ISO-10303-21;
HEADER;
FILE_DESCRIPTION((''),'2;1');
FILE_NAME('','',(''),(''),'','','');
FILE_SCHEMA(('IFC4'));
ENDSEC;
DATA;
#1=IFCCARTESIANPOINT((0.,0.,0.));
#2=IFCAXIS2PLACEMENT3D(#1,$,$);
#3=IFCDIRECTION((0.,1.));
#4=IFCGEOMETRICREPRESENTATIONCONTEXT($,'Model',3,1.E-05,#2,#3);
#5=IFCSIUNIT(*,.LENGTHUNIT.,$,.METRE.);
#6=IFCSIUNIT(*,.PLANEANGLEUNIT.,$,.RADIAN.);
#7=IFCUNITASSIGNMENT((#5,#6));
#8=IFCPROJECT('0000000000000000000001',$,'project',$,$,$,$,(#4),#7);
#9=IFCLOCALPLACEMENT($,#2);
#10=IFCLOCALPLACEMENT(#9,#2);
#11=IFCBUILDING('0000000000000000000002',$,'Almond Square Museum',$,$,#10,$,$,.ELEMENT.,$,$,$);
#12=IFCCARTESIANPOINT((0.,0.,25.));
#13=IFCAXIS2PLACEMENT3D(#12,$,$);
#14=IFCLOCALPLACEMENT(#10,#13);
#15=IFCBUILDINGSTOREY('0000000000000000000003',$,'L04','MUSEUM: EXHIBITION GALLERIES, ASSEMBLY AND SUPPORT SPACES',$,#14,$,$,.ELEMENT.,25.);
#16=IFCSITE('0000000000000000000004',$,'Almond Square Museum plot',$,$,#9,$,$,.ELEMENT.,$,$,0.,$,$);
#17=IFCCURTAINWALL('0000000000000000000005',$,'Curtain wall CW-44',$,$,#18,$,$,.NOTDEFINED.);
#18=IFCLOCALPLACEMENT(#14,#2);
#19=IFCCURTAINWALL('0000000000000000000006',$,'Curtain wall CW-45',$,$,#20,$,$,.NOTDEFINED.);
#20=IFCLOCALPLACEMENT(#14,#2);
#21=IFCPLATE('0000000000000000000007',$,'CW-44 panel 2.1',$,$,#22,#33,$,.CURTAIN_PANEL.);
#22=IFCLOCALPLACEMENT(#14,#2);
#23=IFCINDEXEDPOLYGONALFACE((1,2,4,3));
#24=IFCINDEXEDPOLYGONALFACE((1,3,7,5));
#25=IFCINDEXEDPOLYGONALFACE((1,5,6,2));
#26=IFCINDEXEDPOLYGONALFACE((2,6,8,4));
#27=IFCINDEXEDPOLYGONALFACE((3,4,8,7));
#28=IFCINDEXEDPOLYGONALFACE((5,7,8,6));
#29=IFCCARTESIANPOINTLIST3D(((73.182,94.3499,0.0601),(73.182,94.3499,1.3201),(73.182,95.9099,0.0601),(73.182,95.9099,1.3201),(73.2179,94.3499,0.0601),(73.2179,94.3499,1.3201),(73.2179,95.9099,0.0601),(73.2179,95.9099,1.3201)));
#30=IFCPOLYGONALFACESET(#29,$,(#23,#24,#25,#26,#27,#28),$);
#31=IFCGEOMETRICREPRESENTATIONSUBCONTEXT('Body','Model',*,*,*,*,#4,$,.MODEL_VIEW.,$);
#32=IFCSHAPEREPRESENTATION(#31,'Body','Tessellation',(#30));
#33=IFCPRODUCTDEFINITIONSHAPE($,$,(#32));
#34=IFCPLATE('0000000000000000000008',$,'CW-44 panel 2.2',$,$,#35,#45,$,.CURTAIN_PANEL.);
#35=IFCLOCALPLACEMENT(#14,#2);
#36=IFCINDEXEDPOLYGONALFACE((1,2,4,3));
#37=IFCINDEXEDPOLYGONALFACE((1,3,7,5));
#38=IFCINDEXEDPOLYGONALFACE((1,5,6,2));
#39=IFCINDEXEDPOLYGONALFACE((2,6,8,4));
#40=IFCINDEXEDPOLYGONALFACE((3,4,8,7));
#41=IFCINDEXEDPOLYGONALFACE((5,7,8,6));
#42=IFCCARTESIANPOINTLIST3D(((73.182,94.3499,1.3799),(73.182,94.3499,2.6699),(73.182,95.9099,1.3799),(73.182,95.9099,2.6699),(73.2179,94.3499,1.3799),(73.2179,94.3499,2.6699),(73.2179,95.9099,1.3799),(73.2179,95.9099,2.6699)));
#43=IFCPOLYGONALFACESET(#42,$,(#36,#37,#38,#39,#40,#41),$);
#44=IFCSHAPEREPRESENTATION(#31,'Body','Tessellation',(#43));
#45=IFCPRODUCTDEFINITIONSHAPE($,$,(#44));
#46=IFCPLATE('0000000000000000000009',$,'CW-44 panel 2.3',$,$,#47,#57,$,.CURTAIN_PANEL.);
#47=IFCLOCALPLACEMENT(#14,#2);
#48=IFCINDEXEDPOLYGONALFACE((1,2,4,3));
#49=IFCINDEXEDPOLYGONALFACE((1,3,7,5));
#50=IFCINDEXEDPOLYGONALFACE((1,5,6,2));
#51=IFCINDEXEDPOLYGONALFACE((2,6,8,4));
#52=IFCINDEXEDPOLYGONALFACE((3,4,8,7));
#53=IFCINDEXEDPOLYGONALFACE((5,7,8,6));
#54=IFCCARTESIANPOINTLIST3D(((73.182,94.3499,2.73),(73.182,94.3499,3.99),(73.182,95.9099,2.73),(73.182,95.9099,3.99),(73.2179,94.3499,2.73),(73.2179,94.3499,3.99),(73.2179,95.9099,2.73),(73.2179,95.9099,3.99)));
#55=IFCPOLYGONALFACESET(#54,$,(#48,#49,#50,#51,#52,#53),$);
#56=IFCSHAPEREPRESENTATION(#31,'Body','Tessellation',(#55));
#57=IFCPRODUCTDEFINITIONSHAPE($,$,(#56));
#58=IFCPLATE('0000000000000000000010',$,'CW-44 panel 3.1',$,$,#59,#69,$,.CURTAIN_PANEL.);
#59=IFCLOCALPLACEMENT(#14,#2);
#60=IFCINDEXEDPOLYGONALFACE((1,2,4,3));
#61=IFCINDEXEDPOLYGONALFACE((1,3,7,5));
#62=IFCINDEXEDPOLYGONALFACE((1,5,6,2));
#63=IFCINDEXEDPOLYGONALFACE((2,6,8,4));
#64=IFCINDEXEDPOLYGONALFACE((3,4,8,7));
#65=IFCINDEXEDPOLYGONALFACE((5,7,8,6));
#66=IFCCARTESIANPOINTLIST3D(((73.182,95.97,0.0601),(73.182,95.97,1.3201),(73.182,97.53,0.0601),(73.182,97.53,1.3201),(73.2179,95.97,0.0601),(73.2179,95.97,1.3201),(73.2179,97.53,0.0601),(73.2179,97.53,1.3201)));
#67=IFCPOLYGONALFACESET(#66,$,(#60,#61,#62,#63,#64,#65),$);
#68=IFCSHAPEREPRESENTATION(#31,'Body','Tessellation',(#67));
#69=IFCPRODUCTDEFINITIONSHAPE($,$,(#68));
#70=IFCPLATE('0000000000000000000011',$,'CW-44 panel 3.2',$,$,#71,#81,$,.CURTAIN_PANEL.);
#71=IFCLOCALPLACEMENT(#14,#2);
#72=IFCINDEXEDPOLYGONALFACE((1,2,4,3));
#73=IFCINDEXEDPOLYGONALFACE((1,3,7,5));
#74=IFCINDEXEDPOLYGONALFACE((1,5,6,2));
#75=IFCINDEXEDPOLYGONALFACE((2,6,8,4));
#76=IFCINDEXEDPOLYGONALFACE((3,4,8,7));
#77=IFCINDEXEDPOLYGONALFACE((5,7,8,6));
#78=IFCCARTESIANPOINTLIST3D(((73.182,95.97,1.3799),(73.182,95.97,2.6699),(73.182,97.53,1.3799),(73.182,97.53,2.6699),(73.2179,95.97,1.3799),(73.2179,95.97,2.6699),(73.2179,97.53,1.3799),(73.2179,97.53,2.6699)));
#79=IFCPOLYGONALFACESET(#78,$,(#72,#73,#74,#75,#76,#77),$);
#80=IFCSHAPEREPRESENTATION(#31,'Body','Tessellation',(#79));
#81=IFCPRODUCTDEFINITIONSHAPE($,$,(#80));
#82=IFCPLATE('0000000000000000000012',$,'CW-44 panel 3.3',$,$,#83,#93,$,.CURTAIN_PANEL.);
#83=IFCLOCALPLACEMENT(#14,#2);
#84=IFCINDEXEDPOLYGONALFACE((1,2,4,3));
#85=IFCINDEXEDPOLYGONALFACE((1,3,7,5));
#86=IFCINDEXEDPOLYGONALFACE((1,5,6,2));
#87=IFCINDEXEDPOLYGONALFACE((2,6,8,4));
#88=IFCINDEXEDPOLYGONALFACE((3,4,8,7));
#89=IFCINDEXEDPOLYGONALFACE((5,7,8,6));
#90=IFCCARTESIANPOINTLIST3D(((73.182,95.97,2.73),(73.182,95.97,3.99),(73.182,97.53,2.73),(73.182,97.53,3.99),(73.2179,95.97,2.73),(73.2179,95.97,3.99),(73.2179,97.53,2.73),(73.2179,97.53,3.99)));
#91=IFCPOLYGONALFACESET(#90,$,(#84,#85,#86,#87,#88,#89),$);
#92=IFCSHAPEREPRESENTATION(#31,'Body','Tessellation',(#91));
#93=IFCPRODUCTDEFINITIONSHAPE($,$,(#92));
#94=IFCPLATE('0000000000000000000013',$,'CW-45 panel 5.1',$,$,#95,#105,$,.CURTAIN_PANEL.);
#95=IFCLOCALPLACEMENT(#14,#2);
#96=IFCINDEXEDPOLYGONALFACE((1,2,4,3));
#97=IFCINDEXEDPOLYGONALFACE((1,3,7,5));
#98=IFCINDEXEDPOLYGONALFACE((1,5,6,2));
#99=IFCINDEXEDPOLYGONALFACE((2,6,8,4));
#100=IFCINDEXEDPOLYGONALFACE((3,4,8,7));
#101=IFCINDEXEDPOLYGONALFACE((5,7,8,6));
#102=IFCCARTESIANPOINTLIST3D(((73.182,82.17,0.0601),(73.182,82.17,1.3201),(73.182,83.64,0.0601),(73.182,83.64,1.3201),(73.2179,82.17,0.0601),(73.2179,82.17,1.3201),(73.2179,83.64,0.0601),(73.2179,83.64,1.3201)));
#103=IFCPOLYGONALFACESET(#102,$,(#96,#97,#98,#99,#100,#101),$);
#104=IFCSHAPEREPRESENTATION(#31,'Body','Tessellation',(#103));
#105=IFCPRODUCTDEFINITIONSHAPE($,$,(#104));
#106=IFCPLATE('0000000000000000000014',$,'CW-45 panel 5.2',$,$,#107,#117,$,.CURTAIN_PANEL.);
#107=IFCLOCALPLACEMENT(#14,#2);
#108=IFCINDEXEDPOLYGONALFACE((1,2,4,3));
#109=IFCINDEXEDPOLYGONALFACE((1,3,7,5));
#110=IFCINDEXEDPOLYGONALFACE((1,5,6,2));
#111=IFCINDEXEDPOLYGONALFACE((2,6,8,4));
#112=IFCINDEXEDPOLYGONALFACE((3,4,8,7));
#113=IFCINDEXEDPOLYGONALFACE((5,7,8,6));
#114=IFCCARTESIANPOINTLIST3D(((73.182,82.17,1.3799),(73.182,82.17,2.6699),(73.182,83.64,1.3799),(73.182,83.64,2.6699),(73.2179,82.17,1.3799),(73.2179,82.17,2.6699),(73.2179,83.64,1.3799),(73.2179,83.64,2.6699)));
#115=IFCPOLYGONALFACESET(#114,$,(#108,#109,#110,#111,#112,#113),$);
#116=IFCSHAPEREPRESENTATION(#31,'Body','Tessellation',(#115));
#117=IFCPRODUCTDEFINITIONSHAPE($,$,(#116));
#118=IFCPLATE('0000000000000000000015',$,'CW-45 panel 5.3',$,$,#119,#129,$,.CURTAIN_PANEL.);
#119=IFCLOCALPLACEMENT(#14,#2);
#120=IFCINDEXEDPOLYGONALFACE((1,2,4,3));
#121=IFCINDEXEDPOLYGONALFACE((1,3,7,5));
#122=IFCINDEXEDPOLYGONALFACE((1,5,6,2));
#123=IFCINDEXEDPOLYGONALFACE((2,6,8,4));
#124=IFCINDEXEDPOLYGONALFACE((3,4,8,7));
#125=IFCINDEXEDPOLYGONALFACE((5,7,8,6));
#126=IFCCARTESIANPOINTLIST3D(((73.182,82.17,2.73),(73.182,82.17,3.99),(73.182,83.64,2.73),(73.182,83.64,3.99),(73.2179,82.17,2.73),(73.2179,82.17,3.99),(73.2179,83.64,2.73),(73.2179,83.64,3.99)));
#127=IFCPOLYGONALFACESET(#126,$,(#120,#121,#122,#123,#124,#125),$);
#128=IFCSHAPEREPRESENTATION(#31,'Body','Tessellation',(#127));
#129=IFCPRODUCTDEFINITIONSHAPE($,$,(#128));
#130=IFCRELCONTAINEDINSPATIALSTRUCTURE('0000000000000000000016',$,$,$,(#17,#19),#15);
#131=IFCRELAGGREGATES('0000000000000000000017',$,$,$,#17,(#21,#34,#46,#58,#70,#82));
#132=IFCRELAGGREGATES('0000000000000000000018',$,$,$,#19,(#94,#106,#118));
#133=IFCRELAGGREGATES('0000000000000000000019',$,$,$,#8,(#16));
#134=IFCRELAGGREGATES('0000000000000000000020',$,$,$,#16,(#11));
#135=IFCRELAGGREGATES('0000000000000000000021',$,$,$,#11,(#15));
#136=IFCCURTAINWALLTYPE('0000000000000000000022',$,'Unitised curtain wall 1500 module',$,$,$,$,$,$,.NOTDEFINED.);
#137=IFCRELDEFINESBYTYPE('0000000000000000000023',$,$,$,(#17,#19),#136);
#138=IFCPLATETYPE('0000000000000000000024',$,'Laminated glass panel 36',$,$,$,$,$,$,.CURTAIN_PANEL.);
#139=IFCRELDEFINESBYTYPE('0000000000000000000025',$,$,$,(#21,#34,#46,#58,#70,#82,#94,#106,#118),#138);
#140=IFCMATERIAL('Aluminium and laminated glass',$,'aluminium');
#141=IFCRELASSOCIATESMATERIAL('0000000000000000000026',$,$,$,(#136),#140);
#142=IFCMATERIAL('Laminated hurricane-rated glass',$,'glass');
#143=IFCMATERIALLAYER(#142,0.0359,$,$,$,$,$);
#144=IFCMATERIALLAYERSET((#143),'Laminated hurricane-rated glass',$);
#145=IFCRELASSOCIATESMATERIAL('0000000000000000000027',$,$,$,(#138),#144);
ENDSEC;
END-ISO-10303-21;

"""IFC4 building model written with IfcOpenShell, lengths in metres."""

from ifc_helpers import new_model, si_unit, direction, frame, origin, origin_2d, place, context, subcontext, project, spatial, rectangle, extrude, material, layer, layer_set, type_object, element, aggregate, save


model = new_model("IFC4")

# Units and contexts
model_context = context("Model", 3, precision=1e-05, world=origin(), true_north=direction((0.0, 1.0)))
body_context = subcontext(model_context, "Body", "Model", "MODEL_VIEW")
ifc_project = project(units=[si_unit("LENGTHUNIT", "METRE"), si_unit("PLANEANGLEUNIT", "RADIAN")], contexts=[model_context])

# Site, building, storey
site_placement = place(None, origin())
site = spatial("IfcSite", under=ifc_project, at=site_placement, Name="Almond Square Museum plot", CompositionType="ELEMENT", RefElevation=0.0)
building_placement = place(site_placement, origin())
building = spatial("IfcBuilding", under=site, at=building_placement, Name="Almond Square Museum", CompositionType="ELEMENT")
storey_placement = place(building_placement, frame((0.0, 0.0, 25.0)))
storey = spatial("IfcBuildingStorey", under=building, at=storey_placement, Name="L04", Description="MUSEUM: EXHIBITION GALLERIES, ASSEMBLY AND SUPPORT SPACES", CompositionType="ELEMENT", Elevation=25.0)

# Curtain wall
ifc_material_1 = material(Name="Aluminium and laminated glass", Category="aluminium")
curtain_wall_type = type_object("IfcCurtainWallType", Name="Unitised curtain wall 1500 module", PredefinedType="NOTDEFINED", material=ifc_material_1)
curtain_wall_1_placement = place(storey_placement, origin())
curtain_wall_1 = element("IfcCurtainWall", 1, at=curtain_wall_1_placement, inside=storey, type_object=curtain_wall_type, Name="Curtain wall CW-44", PredefinedType="NOTDEFINED")

# Curtain wall
curtain_wall_2_placement = place(storey_placement, origin())
curtain_wall_2 = element("IfcCurtainWall", 2, at=curtain_wall_2_placement, inside=storey, type_object=curtain_wall_type, Name="Curtain wall CW-45", PredefinedType="NOTDEFINED")

# Plates
ifc_material_2 = material(Name="Laminated hurricane-rated glass", Category="glass")
ifc_layer = layer(ifc_material_2, 0.0359)
ifc_layer_set = layer_set([ifc_layer], Name="Laminated hurricane-rated glass")
plate_type = type_object("IfcPlateType", Name="Laminated glass panel 36", PredefinedType="CURTAIN_PANEL", material=ifc_layer_set)
plate_1_placement = place(storey_placement, frame((73.2, 95.1299, 0.0601), z_axis=(0.0, 0.0, 1.0), x_axis=(0.0, 1.0, 0.0)))
plate_1 = element("IfcPlate", 3, at=plate_1_placement, type_object=plate_type, Name="CW-44 panel 2.1", PredefinedType="CURTAIN_PANEL", context=body_context, shape_type="SweptSolid", body=[
    extrude(rectangle(XDim=1.5601, YDim=0.0359, at=origin_2d()), origin(), (0.0, 0.0, 1.0), 1.26),
])
plate_2_placement = place(storey_placement, frame((73.2, 95.1299, 1.3799), z_axis=(0.0, 0.0, 1.0), x_axis=(0.0, 1.0, 0.0)))
plate_2 = element("IfcPlate", 4, at=plate_2_placement, type_object=plate_type, Name="CW-44 panel 2.2", PredefinedType="CURTAIN_PANEL", context=body_context, shape_type="SweptSolid", body=[
    extrude(rectangle(XDim=1.5601, YDim=0.0359, at=origin_2d()), origin(), (0.0, 0.0, 1.0), 1.29),
])
plate_3_placement = place(storey_placement, frame((73.2, 95.1299, 2.73), z_axis=(0.0, 0.0, 1.0), x_axis=(0.0, 1.0, 0.0)))
plate_3 = element("IfcPlate", 5, at=plate_3_placement, type_object=plate_type, Name="CW-44 panel 2.3", PredefinedType="CURTAIN_PANEL", context=body_context, shape_type="SweptSolid", body=[
    extrude(rectangle(XDim=1.5601, YDim=0.0359, at=origin_2d()), origin(), (0.0, 0.0, 1.0), 1.26),
])
plate_4_placement = place(storey_placement, frame((73.2, 96.75, 0.0601), z_axis=(0.0, 0.0, 1.0), x_axis=(0.0, 1.0, 0.0)))
plate_4 = element("IfcPlate", 6, at=plate_4_placement, type_object=plate_type, Name="CW-44 panel 3.1", PredefinedType="CURTAIN_PANEL", context=body_context, shape_type="SweptSolid", body=[
    extrude(rectangle(XDim=1.5601, YDim=0.0359, at=origin_2d()), origin(), (0.0, 0.0, 1.0), 1.26),
])
plate_5_placement = place(storey_placement, frame((73.2, 96.75, 1.3799), z_axis=(0.0, 0.0, 1.0), x_axis=(0.0, 1.0, 0.0)))
plate_5 = element("IfcPlate", 7, at=plate_5_placement, type_object=plate_type, Name="CW-44 panel 3.2", PredefinedType="CURTAIN_PANEL", context=body_context, shape_type="SweptSolid", body=[
    extrude(rectangle(XDim=1.5601, YDim=0.0359, at=origin_2d()), origin(), (0.0, 0.0, 1.0), 1.29),
])
plate_6_placement = place(storey_placement, frame((73.2, 96.75, 2.73), z_axis=(0.0, 0.0, 1.0), x_axis=(0.0, 1.0, 0.0)))
plate_6 = element("IfcPlate", 8, at=plate_6_placement, type_object=plate_type, Name="CW-44 panel 3.3", PredefinedType="CURTAIN_PANEL", context=body_context, shape_type="SweptSolid", body=[
    extrude(rectangle(XDim=1.5601, YDim=0.0359, at=origin_2d()), origin(), (0.0, 0.0, 1.0), 1.26),
])
aggregate(curtain_wall_1, [plate_1, plate_2, plate_3, plate_4, plate_5, plate_6])
plate_7_placement = place(storey_placement, frame((73.2, 82.905, 0.0601), z_axis=(0.0, 0.0, 1.0), x_axis=(0.0, 1.0, 0.0)))
plate_7 = element("IfcPlate", 9, at=plate_7_placement, type_object=plate_type, Name="CW-45 panel 5.1", PredefinedType="CURTAIN_PANEL", context=body_context, shape_type="SweptSolid", body=[
    extrude(rectangle(XDim=1.47, YDim=0.0359, at=origin_2d()), origin(), (0.0, 0.0, 1.0), 1.26),
])
plate_8_placement = place(storey_placement, frame((73.2, 82.905, 1.3799), z_axis=(0.0, 0.0, 1.0), x_axis=(0.0, 1.0, 0.0)))
plate_8 = element("IfcPlate", 10, at=plate_8_placement, type_object=plate_type, Name="CW-45 panel 5.2", PredefinedType="CURTAIN_PANEL", context=body_context, shape_type="SweptSolid", body=[
    extrude(rectangle(XDim=1.47, YDim=0.0359, at=origin_2d()), origin(), (0.0, 0.0, 1.0), 1.29),
])
plate_9_placement = place(storey_placement, frame((73.2, 82.905, 2.73), z_axis=(0.0, 0.0, 1.0), x_axis=(0.0, 1.0, 0.0)))
plate_9 = element("IfcPlate", 11, at=plate_9_placement, type_object=plate_type, Name="CW-45 panel 5.3", PredefinedType="CURTAIN_PANEL", context=body_context, shape_type="SweptSolid", body=[
    extrude(rectangle(XDim=1.47, YDim=0.0359, at=origin_2d()), origin(), (0.0, 0.0, 1.0), 1.26),
])
aggregate(curtain_wall_2, [plate_7, plate_8, plate_9])

save(model, "model.ifc")
